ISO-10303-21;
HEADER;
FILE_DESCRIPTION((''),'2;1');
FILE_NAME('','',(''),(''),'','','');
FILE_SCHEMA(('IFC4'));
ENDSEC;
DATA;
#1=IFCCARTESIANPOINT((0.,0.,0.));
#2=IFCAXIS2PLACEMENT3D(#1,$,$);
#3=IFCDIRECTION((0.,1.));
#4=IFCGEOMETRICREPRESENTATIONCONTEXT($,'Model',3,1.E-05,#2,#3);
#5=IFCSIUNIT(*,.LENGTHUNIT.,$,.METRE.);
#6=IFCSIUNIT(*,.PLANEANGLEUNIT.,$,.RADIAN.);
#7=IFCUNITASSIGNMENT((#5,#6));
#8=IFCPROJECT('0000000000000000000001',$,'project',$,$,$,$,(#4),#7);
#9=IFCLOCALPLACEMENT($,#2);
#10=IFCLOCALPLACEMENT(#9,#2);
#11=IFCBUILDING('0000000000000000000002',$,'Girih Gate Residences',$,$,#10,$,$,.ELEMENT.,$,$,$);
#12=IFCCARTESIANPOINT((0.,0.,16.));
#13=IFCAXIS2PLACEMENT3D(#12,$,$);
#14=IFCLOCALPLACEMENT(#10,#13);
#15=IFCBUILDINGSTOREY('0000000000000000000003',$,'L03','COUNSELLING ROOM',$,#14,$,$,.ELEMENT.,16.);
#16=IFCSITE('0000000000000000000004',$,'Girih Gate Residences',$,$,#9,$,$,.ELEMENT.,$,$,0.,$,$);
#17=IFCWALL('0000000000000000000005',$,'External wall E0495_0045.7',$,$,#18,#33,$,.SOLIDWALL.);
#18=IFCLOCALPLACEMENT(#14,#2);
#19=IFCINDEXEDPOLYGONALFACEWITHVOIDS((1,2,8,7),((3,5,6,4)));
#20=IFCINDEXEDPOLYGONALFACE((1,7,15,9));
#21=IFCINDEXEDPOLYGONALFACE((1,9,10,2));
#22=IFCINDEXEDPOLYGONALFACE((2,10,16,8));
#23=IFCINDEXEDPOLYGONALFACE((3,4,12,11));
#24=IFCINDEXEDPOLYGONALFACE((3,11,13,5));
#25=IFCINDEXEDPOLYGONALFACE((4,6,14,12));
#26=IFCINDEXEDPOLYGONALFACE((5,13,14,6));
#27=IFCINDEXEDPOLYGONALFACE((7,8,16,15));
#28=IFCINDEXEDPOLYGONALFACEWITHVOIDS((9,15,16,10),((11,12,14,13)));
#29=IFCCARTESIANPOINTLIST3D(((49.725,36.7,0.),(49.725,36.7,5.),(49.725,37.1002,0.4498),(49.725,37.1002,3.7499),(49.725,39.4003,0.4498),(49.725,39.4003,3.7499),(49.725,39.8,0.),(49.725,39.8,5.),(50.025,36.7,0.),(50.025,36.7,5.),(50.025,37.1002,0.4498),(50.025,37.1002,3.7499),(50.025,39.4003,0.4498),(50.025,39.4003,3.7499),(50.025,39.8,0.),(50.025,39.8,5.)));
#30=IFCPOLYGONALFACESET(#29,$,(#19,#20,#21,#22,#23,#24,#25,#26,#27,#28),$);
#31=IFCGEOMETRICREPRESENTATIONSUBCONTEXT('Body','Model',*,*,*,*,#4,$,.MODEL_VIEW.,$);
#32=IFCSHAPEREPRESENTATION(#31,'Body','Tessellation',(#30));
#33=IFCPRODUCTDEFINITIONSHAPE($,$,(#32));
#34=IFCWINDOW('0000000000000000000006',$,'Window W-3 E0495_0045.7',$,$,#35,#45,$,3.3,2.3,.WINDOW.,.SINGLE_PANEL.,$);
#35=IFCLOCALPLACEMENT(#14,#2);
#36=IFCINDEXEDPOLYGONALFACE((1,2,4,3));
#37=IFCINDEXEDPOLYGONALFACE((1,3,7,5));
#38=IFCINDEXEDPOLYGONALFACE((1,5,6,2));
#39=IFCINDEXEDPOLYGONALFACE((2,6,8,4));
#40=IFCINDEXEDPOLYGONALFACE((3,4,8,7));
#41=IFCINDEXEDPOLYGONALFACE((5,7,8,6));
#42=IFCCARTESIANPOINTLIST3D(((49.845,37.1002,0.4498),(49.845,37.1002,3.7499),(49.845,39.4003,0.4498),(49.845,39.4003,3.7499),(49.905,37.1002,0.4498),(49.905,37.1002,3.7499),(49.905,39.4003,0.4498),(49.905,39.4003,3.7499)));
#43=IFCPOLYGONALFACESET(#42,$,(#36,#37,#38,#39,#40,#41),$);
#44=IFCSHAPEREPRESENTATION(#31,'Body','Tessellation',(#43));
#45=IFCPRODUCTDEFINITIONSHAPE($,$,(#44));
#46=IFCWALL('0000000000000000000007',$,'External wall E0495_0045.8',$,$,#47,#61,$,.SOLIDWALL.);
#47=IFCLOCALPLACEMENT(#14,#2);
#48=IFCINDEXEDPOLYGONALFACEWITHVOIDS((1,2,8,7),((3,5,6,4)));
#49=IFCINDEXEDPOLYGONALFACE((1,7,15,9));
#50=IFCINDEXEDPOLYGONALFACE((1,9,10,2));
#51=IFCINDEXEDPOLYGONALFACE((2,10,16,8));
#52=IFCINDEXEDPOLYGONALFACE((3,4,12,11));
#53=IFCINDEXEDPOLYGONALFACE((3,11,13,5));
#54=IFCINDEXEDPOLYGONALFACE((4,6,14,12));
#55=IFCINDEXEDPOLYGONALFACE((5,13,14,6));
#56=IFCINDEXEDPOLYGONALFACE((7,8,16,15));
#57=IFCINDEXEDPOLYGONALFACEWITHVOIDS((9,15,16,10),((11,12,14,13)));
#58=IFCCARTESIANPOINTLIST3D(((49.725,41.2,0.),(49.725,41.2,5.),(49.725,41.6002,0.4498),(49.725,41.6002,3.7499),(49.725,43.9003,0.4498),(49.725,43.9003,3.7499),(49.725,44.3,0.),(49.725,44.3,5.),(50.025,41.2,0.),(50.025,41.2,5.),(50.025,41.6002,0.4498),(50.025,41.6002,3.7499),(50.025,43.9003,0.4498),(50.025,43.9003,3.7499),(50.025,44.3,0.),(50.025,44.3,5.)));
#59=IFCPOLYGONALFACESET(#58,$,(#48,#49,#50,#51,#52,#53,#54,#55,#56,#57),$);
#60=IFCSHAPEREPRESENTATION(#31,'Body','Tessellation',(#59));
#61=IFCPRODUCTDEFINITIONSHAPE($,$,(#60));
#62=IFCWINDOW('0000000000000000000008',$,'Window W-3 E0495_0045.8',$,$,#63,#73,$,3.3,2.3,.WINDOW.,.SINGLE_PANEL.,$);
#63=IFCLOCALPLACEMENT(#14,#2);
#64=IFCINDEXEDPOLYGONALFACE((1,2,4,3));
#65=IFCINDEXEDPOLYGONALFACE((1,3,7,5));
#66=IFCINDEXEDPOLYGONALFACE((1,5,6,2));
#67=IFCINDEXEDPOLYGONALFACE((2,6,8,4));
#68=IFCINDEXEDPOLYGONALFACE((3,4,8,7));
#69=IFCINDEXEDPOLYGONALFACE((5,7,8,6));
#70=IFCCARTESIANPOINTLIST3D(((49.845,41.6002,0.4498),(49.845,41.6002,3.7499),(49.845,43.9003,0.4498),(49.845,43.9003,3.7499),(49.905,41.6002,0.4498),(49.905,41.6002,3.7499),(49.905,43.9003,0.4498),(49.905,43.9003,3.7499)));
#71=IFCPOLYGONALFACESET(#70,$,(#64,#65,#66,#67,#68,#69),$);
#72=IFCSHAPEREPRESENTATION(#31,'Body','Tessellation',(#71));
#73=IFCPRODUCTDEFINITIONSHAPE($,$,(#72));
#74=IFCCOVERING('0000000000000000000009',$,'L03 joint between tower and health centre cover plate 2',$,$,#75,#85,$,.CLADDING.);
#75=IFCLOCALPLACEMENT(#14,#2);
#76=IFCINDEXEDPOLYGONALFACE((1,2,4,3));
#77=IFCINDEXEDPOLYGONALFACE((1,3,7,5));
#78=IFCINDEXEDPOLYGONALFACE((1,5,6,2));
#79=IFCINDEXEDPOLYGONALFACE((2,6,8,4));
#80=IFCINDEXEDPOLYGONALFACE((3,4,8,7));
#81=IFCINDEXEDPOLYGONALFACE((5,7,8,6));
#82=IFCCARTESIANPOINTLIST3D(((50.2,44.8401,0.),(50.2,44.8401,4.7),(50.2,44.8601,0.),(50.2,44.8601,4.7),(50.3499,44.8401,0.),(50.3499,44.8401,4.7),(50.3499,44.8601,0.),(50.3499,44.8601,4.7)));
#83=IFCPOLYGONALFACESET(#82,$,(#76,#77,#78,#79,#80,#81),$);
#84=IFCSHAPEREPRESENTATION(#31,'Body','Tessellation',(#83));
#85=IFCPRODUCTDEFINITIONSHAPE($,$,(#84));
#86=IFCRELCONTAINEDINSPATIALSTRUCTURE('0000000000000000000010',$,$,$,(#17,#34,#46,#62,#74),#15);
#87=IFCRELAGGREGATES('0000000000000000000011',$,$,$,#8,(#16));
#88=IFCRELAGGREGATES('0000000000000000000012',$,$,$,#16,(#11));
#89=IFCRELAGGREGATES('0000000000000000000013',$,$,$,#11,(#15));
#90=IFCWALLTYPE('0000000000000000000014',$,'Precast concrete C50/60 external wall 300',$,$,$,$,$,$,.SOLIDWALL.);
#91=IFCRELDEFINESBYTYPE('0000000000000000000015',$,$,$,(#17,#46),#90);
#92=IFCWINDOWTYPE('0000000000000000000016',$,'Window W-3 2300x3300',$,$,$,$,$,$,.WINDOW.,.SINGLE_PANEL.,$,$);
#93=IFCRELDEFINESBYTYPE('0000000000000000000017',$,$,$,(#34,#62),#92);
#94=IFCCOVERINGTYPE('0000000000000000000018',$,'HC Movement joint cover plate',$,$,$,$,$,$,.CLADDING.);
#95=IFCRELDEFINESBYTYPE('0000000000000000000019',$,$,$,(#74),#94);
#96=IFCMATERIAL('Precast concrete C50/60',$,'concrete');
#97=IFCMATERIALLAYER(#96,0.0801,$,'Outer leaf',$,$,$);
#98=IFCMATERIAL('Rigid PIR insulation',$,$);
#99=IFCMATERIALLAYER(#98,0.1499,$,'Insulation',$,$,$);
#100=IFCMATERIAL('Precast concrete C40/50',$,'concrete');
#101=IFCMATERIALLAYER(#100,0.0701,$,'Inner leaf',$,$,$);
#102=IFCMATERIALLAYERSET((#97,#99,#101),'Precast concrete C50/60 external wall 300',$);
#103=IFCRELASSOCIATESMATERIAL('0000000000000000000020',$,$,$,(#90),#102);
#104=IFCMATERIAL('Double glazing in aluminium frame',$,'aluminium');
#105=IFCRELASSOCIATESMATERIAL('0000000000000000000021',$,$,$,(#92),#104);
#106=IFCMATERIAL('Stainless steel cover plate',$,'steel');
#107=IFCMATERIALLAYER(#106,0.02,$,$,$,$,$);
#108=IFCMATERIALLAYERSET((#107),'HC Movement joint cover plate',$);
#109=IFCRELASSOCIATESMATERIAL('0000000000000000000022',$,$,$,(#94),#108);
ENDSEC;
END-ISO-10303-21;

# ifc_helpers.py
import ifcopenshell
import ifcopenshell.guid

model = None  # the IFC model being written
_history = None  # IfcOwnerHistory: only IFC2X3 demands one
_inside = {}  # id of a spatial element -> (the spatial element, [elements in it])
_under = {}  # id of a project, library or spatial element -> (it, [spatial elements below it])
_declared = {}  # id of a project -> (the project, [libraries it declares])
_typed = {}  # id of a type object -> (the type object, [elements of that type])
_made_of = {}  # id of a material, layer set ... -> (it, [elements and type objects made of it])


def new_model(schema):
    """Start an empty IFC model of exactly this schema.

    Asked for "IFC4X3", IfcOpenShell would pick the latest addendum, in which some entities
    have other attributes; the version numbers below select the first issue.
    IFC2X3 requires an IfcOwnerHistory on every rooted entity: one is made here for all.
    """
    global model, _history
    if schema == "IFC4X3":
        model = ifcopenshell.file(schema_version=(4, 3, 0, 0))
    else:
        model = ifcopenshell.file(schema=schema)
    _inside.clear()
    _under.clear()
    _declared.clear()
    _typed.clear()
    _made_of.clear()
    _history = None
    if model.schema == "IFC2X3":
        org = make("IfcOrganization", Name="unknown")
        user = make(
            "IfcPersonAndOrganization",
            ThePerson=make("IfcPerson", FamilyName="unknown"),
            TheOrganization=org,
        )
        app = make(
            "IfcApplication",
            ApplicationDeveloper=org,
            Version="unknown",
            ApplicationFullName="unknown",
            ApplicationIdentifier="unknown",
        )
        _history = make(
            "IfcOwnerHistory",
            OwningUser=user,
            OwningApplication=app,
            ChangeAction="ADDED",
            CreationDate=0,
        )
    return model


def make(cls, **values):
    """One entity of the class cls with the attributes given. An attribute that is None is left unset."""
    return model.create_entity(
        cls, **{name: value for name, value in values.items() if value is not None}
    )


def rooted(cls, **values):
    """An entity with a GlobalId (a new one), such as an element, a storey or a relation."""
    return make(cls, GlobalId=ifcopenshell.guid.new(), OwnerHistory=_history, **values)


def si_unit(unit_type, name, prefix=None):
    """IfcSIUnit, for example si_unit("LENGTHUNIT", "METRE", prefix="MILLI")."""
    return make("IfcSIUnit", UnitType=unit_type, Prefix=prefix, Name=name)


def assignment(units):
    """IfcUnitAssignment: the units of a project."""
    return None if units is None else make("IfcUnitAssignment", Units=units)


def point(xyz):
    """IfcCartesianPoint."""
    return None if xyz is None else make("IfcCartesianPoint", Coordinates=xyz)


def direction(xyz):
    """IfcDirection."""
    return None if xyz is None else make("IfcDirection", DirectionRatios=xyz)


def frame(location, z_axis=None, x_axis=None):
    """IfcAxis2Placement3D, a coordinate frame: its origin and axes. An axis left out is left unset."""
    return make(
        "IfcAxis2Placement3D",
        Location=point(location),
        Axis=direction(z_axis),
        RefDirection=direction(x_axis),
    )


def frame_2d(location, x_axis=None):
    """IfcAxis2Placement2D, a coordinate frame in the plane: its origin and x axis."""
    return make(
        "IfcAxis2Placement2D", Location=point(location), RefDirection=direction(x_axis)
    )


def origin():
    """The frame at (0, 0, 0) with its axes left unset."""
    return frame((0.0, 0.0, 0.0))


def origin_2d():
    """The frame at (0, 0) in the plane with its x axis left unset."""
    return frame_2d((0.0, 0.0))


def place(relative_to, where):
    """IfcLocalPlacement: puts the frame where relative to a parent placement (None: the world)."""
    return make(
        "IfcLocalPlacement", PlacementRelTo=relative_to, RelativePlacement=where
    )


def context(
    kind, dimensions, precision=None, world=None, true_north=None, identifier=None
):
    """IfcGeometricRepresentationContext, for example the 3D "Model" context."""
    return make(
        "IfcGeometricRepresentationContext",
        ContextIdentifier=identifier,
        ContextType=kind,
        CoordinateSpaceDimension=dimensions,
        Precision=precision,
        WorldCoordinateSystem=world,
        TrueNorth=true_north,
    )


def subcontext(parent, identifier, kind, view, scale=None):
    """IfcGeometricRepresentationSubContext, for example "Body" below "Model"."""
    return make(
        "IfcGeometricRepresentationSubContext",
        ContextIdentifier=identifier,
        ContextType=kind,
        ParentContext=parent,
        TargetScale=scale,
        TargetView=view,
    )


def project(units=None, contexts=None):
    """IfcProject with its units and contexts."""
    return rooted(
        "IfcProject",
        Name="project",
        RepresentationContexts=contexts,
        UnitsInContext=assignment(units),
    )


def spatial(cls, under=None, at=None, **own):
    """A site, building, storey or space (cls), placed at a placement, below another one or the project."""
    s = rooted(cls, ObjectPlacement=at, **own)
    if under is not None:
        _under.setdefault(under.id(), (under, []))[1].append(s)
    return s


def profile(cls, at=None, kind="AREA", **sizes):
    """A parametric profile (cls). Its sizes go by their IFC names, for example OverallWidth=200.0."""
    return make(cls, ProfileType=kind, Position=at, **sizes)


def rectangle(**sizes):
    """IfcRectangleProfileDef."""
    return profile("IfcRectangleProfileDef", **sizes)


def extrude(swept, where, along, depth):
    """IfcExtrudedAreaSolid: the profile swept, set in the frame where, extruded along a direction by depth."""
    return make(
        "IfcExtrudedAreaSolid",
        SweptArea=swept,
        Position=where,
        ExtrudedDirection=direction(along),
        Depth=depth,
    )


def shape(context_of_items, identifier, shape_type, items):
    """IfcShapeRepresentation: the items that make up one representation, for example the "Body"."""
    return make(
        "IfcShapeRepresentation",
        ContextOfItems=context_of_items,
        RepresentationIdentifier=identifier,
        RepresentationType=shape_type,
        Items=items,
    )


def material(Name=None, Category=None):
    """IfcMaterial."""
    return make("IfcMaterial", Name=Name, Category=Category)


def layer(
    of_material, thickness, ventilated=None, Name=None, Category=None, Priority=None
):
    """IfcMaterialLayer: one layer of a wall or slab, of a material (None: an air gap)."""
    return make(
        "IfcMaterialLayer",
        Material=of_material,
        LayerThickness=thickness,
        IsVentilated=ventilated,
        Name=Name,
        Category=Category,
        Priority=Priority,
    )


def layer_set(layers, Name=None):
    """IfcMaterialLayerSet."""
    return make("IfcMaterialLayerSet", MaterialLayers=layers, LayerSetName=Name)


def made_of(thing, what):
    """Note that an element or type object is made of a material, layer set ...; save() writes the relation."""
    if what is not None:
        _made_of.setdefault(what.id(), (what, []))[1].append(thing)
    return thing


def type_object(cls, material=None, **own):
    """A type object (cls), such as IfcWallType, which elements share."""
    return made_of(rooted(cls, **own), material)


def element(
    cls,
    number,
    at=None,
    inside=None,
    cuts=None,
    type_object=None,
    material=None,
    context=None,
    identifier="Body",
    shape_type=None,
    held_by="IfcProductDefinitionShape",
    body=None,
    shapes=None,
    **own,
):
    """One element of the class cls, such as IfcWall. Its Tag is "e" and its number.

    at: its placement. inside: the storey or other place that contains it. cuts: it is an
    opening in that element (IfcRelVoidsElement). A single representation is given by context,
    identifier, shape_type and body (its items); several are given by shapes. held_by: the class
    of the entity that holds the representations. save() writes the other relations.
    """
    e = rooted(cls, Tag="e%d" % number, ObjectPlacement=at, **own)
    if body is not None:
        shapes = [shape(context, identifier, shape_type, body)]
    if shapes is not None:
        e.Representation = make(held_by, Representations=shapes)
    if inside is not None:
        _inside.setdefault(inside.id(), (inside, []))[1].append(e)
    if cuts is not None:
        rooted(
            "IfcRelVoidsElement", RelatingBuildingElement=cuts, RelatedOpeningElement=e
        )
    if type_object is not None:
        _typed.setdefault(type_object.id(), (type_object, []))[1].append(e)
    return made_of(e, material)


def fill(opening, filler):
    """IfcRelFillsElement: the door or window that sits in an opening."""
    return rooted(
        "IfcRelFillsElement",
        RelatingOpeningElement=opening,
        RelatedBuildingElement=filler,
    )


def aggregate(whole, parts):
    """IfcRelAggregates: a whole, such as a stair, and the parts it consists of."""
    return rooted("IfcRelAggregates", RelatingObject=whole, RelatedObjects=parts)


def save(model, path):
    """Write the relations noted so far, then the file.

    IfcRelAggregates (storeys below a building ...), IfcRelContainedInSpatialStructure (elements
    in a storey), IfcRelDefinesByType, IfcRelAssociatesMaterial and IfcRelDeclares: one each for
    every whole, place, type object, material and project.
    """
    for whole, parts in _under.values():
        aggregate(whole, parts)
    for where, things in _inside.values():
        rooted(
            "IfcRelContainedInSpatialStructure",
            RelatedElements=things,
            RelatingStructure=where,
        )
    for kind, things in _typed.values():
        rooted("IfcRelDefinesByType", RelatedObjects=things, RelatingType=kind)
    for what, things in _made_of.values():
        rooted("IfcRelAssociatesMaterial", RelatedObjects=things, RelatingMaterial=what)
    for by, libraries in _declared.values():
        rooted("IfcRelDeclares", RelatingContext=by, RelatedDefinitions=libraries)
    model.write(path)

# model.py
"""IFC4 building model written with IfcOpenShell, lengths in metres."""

from ifc_helpers import new_model, si_unit, direction, frame, frame_2d, origin, origin_2d, place, context, subcontext, project, spatial, rectangle, extrude, material, layer, layer_set, type_object, element, fill, save


model = new_model("IFC4")

# Units and contexts
model_context = context("Model", 3, precision=1e-05, world=origin(), true_north=direction((0.0, 1.0)))
body_context = subcontext(model_context, "Body", "Model", "MODEL_VIEW")
ifc_project = project(units=[si_unit("LENGTHUNIT", "METRE"), si_unit("PLANEANGLEUNIT", "RADIAN")], contexts=[model_context])

# Site, building, storey
site_placement = place(None, origin())
site = spatial("IfcSite", under=ifc_project, at=site_placement, Name="Girih Gate Residences", CompositionType="ELEMENT", RefElevation=0.0)
building_placement = place(site_placement, origin())
building = spatial("IfcBuilding", under=site, at=building_placement, Name="Girih Gate Residences", CompositionType="ELEMENT")
storey_placement = place(building_placement, frame((0.0, 0.0, 16.0)))
storey = spatial("IfcBuildingStorey", under=building, at=storey_placement, Name="L03", Description="COUNSELLING ROOM", CompositionType="ELEMENT", Elevation=16.0)

# Shared definitions
ifc_material_1 = material(Name="Precast concrete C40/50", Category="concrete")

# Walls, openings, windows
ifc_material_2 = material(Name="Precast concrete C50/60", Category="concrete")
ifc_layer_1 = layer(ifc_material_2, 0.0801, Name="Outer leaf")
ifc_material_3 = material(Name="Rigid PIR insulation")
ifc_layer_2 = layer(ifc_material_3, 0.1499, Name="Insulation")
ifc_layer_3 = layer(ifc_material_1, 0.0701, Name="Inner leaf")
ifc_layer_set_1 = layer_set([ifc_layer_1, ifc_layer_2, ifc_layer_3], Name="Precast concrete C50/60 external wall 300")
wall_type_1 = type_object("IfcWallType", Name="Precast concrete C50/60 external wall 300", PredefinedType="SOLIDWALL", material=ifc_layer_set_1)
wall_1_placement = place(storey_placement, frame((49.875, 39.8, 0.0), z_axis=(0.0, 0.0, 1.0), x_axis=(0.0, -1.0, 0.0)))
wall_1 = element("IfcWall", 1, at=wall_1_placement, inside=storey, type_object=wall_type_1, Name="External wall E0495_0045.7", PredefinedType="SOLIDWALL", context=body_context, shape_type="SweptSolid", body=[
    extrude(rectangle(XDim=3.1001, YDim=0.3, at=frame_2d((1.55, 0.0))), origin(), (0.0, 0.0, 1.0), 5.0),
])
opening_1_placement = place(wall_1_placement, frame((0.3999, 0.0, 0.45)))
opening_1 = element("IfcOpeningElement", 2, at=opening_1_placement, cuts=wall_1, PredefinedType="OPENING", context=body_context, shape_type="SweptSolid", body=[
    extrude(rectangle(XDim=2.3, YDim=3.3, at=frame_2d((1.1499, 1.6499))), frame((0.0, 0.1599, 0.0), z_axis=(0.0, -1.0, 0.0), x_axis=(1.0, 0.0, 0.0)), (0.0, 0.0, 1.0), 0.3201),
])
ifc_material_4 = material(Name="Double glazing in aluminium frame", Category="aluminium")
window_type_1 = type_object("IfcWindowType", Name="Window W-3 2300x3300", PartitioningType="SINGLE_PANEL", PredefinedType="WINDOW", material=ifc_material_4)
window_1_placement = place(opening_1_placement, origin())
window_1 = element("IfcWindow", 3, at=window_1_placement, inside=storey, type_object=window_type_1, Name="Window W-3 E0495_0045.7", OverallHeight=3.3, OverallWidth=2.3, PartitioningType="SINGLE_PANEL", PredefinedType="WINDOW", context=body_context, shape_type="SweptSolid", body=[
    extrude(rectangle(XDim=2.3, YDim=3.3, at=frame_2d((1.1499, 1.6499))), frame((0.0, 0.03, 0.0), z_axis=(0.0, -1.0, 0.0), x_axis=(1.0, 0.0, 0.0)), (0.0, 0.0, 1.0), 0.0601),
])
fill(opening_1, window_1)
wall_2_placement = place(storey_placement, frame((49.875, 44.3, 0.0), z_axis=(0.0, 0.0, 1.0), x_axis=(0.0, -1.0, 0.0)))
wall_2 = element("IfcWall", 4, at=wall_2_placement, inside=storey, type_object=wall_type_1, Name="External wall E0495_0045.8", PredefinedType="SOLIDWALL", context=body_context, shape_type="SweptSolid", body=[
    extrude(rectangle(XDim=3.1001, YDim=0.3, at=frame_2d((1.55, 0.0))), origin(), (0.0, 0.0, 1.0), 5.0),
])
opening_2_placement = place(wall_2_placement, frame((0.3999, 0.0, 0.45)))
opening_2 = element("IfcOpeningElement", 5, at=opening_2_placement, cuts=wall_2, PredefinedType="OPENING", context=body_context, shape_type="SweptSolid", body=[
    extrude(rectangle(XDim=2.3, YDim=3.3, at=frame_2d((1.1499, 1.6499))), frame((0.0, 0.1599, 0.0), z_axis=(0.0, -1.0, 0.0), x_axis=(1.0, 0.0, 0.0)), (0.0, 0.0, 1.0), 0.3201),
])
window_2_placement = place(opening_2_placement, origin())
window_2 = element("IfcWindow", 6, at=window_2_placement, inside=storey, type_object=window_type_1, Name="Window W-3 E0495_0045.8", OverallHeight=3.3, OverallWidth=2.3, PartitioningType="SINGLE_PANEL", PredefinedType="WINDOW", context=body_context, shape_type="SweptSolid", body=[
    extrude(rectangle(XDim=2.3, YDim=3.3, at=frame_2d((1.1499, 1.6499))), frame((0.0, 0.03, 0.0), z_axis=(0.0, -1.0, 0.0), x_axis=(1.0, 0.0, 0.0)), (0.0, 0.0, 1.0), 0.0601),
])
fill(opening_2, window_2)

# Covering
ifc_material_5 = material(Name="Stainless steel cover plate", Category="steel")
ifc_layer_4 = layer(ifc_material_5, 0.02)
ifc_layer_set_2 = layer_set([ifc_layer_4], Name="HC Movement joint cover plate")
covering_type = type_object("IfcCoveringType", Name="HC Movement joint cover plate", PredefinedType="CLADDING", material=ifc_layer_set_2)
covering_placement = place(storey_placement, frame((50.2749, 44.8501, 0.0), z_axis=(0.0, 0.0, 1.0), x_axis=(1.0, 0.0, 0.0)))
element("IfcCovering", 7, at=covering_placement, inside=storey, type_object=covering_type, Name="L03 joint between tower and health centre cover plate 2", PredefinedType="CLADDING", context=body_context, shape_type="SweptSolid", body=[
    extrude(rectangle(XDim=0.1499, YDim=0.02, at=origin_2d()), origin(), (0.0, 0.0, 1.0), 4.7),
])

save(model, "model.ifc")
